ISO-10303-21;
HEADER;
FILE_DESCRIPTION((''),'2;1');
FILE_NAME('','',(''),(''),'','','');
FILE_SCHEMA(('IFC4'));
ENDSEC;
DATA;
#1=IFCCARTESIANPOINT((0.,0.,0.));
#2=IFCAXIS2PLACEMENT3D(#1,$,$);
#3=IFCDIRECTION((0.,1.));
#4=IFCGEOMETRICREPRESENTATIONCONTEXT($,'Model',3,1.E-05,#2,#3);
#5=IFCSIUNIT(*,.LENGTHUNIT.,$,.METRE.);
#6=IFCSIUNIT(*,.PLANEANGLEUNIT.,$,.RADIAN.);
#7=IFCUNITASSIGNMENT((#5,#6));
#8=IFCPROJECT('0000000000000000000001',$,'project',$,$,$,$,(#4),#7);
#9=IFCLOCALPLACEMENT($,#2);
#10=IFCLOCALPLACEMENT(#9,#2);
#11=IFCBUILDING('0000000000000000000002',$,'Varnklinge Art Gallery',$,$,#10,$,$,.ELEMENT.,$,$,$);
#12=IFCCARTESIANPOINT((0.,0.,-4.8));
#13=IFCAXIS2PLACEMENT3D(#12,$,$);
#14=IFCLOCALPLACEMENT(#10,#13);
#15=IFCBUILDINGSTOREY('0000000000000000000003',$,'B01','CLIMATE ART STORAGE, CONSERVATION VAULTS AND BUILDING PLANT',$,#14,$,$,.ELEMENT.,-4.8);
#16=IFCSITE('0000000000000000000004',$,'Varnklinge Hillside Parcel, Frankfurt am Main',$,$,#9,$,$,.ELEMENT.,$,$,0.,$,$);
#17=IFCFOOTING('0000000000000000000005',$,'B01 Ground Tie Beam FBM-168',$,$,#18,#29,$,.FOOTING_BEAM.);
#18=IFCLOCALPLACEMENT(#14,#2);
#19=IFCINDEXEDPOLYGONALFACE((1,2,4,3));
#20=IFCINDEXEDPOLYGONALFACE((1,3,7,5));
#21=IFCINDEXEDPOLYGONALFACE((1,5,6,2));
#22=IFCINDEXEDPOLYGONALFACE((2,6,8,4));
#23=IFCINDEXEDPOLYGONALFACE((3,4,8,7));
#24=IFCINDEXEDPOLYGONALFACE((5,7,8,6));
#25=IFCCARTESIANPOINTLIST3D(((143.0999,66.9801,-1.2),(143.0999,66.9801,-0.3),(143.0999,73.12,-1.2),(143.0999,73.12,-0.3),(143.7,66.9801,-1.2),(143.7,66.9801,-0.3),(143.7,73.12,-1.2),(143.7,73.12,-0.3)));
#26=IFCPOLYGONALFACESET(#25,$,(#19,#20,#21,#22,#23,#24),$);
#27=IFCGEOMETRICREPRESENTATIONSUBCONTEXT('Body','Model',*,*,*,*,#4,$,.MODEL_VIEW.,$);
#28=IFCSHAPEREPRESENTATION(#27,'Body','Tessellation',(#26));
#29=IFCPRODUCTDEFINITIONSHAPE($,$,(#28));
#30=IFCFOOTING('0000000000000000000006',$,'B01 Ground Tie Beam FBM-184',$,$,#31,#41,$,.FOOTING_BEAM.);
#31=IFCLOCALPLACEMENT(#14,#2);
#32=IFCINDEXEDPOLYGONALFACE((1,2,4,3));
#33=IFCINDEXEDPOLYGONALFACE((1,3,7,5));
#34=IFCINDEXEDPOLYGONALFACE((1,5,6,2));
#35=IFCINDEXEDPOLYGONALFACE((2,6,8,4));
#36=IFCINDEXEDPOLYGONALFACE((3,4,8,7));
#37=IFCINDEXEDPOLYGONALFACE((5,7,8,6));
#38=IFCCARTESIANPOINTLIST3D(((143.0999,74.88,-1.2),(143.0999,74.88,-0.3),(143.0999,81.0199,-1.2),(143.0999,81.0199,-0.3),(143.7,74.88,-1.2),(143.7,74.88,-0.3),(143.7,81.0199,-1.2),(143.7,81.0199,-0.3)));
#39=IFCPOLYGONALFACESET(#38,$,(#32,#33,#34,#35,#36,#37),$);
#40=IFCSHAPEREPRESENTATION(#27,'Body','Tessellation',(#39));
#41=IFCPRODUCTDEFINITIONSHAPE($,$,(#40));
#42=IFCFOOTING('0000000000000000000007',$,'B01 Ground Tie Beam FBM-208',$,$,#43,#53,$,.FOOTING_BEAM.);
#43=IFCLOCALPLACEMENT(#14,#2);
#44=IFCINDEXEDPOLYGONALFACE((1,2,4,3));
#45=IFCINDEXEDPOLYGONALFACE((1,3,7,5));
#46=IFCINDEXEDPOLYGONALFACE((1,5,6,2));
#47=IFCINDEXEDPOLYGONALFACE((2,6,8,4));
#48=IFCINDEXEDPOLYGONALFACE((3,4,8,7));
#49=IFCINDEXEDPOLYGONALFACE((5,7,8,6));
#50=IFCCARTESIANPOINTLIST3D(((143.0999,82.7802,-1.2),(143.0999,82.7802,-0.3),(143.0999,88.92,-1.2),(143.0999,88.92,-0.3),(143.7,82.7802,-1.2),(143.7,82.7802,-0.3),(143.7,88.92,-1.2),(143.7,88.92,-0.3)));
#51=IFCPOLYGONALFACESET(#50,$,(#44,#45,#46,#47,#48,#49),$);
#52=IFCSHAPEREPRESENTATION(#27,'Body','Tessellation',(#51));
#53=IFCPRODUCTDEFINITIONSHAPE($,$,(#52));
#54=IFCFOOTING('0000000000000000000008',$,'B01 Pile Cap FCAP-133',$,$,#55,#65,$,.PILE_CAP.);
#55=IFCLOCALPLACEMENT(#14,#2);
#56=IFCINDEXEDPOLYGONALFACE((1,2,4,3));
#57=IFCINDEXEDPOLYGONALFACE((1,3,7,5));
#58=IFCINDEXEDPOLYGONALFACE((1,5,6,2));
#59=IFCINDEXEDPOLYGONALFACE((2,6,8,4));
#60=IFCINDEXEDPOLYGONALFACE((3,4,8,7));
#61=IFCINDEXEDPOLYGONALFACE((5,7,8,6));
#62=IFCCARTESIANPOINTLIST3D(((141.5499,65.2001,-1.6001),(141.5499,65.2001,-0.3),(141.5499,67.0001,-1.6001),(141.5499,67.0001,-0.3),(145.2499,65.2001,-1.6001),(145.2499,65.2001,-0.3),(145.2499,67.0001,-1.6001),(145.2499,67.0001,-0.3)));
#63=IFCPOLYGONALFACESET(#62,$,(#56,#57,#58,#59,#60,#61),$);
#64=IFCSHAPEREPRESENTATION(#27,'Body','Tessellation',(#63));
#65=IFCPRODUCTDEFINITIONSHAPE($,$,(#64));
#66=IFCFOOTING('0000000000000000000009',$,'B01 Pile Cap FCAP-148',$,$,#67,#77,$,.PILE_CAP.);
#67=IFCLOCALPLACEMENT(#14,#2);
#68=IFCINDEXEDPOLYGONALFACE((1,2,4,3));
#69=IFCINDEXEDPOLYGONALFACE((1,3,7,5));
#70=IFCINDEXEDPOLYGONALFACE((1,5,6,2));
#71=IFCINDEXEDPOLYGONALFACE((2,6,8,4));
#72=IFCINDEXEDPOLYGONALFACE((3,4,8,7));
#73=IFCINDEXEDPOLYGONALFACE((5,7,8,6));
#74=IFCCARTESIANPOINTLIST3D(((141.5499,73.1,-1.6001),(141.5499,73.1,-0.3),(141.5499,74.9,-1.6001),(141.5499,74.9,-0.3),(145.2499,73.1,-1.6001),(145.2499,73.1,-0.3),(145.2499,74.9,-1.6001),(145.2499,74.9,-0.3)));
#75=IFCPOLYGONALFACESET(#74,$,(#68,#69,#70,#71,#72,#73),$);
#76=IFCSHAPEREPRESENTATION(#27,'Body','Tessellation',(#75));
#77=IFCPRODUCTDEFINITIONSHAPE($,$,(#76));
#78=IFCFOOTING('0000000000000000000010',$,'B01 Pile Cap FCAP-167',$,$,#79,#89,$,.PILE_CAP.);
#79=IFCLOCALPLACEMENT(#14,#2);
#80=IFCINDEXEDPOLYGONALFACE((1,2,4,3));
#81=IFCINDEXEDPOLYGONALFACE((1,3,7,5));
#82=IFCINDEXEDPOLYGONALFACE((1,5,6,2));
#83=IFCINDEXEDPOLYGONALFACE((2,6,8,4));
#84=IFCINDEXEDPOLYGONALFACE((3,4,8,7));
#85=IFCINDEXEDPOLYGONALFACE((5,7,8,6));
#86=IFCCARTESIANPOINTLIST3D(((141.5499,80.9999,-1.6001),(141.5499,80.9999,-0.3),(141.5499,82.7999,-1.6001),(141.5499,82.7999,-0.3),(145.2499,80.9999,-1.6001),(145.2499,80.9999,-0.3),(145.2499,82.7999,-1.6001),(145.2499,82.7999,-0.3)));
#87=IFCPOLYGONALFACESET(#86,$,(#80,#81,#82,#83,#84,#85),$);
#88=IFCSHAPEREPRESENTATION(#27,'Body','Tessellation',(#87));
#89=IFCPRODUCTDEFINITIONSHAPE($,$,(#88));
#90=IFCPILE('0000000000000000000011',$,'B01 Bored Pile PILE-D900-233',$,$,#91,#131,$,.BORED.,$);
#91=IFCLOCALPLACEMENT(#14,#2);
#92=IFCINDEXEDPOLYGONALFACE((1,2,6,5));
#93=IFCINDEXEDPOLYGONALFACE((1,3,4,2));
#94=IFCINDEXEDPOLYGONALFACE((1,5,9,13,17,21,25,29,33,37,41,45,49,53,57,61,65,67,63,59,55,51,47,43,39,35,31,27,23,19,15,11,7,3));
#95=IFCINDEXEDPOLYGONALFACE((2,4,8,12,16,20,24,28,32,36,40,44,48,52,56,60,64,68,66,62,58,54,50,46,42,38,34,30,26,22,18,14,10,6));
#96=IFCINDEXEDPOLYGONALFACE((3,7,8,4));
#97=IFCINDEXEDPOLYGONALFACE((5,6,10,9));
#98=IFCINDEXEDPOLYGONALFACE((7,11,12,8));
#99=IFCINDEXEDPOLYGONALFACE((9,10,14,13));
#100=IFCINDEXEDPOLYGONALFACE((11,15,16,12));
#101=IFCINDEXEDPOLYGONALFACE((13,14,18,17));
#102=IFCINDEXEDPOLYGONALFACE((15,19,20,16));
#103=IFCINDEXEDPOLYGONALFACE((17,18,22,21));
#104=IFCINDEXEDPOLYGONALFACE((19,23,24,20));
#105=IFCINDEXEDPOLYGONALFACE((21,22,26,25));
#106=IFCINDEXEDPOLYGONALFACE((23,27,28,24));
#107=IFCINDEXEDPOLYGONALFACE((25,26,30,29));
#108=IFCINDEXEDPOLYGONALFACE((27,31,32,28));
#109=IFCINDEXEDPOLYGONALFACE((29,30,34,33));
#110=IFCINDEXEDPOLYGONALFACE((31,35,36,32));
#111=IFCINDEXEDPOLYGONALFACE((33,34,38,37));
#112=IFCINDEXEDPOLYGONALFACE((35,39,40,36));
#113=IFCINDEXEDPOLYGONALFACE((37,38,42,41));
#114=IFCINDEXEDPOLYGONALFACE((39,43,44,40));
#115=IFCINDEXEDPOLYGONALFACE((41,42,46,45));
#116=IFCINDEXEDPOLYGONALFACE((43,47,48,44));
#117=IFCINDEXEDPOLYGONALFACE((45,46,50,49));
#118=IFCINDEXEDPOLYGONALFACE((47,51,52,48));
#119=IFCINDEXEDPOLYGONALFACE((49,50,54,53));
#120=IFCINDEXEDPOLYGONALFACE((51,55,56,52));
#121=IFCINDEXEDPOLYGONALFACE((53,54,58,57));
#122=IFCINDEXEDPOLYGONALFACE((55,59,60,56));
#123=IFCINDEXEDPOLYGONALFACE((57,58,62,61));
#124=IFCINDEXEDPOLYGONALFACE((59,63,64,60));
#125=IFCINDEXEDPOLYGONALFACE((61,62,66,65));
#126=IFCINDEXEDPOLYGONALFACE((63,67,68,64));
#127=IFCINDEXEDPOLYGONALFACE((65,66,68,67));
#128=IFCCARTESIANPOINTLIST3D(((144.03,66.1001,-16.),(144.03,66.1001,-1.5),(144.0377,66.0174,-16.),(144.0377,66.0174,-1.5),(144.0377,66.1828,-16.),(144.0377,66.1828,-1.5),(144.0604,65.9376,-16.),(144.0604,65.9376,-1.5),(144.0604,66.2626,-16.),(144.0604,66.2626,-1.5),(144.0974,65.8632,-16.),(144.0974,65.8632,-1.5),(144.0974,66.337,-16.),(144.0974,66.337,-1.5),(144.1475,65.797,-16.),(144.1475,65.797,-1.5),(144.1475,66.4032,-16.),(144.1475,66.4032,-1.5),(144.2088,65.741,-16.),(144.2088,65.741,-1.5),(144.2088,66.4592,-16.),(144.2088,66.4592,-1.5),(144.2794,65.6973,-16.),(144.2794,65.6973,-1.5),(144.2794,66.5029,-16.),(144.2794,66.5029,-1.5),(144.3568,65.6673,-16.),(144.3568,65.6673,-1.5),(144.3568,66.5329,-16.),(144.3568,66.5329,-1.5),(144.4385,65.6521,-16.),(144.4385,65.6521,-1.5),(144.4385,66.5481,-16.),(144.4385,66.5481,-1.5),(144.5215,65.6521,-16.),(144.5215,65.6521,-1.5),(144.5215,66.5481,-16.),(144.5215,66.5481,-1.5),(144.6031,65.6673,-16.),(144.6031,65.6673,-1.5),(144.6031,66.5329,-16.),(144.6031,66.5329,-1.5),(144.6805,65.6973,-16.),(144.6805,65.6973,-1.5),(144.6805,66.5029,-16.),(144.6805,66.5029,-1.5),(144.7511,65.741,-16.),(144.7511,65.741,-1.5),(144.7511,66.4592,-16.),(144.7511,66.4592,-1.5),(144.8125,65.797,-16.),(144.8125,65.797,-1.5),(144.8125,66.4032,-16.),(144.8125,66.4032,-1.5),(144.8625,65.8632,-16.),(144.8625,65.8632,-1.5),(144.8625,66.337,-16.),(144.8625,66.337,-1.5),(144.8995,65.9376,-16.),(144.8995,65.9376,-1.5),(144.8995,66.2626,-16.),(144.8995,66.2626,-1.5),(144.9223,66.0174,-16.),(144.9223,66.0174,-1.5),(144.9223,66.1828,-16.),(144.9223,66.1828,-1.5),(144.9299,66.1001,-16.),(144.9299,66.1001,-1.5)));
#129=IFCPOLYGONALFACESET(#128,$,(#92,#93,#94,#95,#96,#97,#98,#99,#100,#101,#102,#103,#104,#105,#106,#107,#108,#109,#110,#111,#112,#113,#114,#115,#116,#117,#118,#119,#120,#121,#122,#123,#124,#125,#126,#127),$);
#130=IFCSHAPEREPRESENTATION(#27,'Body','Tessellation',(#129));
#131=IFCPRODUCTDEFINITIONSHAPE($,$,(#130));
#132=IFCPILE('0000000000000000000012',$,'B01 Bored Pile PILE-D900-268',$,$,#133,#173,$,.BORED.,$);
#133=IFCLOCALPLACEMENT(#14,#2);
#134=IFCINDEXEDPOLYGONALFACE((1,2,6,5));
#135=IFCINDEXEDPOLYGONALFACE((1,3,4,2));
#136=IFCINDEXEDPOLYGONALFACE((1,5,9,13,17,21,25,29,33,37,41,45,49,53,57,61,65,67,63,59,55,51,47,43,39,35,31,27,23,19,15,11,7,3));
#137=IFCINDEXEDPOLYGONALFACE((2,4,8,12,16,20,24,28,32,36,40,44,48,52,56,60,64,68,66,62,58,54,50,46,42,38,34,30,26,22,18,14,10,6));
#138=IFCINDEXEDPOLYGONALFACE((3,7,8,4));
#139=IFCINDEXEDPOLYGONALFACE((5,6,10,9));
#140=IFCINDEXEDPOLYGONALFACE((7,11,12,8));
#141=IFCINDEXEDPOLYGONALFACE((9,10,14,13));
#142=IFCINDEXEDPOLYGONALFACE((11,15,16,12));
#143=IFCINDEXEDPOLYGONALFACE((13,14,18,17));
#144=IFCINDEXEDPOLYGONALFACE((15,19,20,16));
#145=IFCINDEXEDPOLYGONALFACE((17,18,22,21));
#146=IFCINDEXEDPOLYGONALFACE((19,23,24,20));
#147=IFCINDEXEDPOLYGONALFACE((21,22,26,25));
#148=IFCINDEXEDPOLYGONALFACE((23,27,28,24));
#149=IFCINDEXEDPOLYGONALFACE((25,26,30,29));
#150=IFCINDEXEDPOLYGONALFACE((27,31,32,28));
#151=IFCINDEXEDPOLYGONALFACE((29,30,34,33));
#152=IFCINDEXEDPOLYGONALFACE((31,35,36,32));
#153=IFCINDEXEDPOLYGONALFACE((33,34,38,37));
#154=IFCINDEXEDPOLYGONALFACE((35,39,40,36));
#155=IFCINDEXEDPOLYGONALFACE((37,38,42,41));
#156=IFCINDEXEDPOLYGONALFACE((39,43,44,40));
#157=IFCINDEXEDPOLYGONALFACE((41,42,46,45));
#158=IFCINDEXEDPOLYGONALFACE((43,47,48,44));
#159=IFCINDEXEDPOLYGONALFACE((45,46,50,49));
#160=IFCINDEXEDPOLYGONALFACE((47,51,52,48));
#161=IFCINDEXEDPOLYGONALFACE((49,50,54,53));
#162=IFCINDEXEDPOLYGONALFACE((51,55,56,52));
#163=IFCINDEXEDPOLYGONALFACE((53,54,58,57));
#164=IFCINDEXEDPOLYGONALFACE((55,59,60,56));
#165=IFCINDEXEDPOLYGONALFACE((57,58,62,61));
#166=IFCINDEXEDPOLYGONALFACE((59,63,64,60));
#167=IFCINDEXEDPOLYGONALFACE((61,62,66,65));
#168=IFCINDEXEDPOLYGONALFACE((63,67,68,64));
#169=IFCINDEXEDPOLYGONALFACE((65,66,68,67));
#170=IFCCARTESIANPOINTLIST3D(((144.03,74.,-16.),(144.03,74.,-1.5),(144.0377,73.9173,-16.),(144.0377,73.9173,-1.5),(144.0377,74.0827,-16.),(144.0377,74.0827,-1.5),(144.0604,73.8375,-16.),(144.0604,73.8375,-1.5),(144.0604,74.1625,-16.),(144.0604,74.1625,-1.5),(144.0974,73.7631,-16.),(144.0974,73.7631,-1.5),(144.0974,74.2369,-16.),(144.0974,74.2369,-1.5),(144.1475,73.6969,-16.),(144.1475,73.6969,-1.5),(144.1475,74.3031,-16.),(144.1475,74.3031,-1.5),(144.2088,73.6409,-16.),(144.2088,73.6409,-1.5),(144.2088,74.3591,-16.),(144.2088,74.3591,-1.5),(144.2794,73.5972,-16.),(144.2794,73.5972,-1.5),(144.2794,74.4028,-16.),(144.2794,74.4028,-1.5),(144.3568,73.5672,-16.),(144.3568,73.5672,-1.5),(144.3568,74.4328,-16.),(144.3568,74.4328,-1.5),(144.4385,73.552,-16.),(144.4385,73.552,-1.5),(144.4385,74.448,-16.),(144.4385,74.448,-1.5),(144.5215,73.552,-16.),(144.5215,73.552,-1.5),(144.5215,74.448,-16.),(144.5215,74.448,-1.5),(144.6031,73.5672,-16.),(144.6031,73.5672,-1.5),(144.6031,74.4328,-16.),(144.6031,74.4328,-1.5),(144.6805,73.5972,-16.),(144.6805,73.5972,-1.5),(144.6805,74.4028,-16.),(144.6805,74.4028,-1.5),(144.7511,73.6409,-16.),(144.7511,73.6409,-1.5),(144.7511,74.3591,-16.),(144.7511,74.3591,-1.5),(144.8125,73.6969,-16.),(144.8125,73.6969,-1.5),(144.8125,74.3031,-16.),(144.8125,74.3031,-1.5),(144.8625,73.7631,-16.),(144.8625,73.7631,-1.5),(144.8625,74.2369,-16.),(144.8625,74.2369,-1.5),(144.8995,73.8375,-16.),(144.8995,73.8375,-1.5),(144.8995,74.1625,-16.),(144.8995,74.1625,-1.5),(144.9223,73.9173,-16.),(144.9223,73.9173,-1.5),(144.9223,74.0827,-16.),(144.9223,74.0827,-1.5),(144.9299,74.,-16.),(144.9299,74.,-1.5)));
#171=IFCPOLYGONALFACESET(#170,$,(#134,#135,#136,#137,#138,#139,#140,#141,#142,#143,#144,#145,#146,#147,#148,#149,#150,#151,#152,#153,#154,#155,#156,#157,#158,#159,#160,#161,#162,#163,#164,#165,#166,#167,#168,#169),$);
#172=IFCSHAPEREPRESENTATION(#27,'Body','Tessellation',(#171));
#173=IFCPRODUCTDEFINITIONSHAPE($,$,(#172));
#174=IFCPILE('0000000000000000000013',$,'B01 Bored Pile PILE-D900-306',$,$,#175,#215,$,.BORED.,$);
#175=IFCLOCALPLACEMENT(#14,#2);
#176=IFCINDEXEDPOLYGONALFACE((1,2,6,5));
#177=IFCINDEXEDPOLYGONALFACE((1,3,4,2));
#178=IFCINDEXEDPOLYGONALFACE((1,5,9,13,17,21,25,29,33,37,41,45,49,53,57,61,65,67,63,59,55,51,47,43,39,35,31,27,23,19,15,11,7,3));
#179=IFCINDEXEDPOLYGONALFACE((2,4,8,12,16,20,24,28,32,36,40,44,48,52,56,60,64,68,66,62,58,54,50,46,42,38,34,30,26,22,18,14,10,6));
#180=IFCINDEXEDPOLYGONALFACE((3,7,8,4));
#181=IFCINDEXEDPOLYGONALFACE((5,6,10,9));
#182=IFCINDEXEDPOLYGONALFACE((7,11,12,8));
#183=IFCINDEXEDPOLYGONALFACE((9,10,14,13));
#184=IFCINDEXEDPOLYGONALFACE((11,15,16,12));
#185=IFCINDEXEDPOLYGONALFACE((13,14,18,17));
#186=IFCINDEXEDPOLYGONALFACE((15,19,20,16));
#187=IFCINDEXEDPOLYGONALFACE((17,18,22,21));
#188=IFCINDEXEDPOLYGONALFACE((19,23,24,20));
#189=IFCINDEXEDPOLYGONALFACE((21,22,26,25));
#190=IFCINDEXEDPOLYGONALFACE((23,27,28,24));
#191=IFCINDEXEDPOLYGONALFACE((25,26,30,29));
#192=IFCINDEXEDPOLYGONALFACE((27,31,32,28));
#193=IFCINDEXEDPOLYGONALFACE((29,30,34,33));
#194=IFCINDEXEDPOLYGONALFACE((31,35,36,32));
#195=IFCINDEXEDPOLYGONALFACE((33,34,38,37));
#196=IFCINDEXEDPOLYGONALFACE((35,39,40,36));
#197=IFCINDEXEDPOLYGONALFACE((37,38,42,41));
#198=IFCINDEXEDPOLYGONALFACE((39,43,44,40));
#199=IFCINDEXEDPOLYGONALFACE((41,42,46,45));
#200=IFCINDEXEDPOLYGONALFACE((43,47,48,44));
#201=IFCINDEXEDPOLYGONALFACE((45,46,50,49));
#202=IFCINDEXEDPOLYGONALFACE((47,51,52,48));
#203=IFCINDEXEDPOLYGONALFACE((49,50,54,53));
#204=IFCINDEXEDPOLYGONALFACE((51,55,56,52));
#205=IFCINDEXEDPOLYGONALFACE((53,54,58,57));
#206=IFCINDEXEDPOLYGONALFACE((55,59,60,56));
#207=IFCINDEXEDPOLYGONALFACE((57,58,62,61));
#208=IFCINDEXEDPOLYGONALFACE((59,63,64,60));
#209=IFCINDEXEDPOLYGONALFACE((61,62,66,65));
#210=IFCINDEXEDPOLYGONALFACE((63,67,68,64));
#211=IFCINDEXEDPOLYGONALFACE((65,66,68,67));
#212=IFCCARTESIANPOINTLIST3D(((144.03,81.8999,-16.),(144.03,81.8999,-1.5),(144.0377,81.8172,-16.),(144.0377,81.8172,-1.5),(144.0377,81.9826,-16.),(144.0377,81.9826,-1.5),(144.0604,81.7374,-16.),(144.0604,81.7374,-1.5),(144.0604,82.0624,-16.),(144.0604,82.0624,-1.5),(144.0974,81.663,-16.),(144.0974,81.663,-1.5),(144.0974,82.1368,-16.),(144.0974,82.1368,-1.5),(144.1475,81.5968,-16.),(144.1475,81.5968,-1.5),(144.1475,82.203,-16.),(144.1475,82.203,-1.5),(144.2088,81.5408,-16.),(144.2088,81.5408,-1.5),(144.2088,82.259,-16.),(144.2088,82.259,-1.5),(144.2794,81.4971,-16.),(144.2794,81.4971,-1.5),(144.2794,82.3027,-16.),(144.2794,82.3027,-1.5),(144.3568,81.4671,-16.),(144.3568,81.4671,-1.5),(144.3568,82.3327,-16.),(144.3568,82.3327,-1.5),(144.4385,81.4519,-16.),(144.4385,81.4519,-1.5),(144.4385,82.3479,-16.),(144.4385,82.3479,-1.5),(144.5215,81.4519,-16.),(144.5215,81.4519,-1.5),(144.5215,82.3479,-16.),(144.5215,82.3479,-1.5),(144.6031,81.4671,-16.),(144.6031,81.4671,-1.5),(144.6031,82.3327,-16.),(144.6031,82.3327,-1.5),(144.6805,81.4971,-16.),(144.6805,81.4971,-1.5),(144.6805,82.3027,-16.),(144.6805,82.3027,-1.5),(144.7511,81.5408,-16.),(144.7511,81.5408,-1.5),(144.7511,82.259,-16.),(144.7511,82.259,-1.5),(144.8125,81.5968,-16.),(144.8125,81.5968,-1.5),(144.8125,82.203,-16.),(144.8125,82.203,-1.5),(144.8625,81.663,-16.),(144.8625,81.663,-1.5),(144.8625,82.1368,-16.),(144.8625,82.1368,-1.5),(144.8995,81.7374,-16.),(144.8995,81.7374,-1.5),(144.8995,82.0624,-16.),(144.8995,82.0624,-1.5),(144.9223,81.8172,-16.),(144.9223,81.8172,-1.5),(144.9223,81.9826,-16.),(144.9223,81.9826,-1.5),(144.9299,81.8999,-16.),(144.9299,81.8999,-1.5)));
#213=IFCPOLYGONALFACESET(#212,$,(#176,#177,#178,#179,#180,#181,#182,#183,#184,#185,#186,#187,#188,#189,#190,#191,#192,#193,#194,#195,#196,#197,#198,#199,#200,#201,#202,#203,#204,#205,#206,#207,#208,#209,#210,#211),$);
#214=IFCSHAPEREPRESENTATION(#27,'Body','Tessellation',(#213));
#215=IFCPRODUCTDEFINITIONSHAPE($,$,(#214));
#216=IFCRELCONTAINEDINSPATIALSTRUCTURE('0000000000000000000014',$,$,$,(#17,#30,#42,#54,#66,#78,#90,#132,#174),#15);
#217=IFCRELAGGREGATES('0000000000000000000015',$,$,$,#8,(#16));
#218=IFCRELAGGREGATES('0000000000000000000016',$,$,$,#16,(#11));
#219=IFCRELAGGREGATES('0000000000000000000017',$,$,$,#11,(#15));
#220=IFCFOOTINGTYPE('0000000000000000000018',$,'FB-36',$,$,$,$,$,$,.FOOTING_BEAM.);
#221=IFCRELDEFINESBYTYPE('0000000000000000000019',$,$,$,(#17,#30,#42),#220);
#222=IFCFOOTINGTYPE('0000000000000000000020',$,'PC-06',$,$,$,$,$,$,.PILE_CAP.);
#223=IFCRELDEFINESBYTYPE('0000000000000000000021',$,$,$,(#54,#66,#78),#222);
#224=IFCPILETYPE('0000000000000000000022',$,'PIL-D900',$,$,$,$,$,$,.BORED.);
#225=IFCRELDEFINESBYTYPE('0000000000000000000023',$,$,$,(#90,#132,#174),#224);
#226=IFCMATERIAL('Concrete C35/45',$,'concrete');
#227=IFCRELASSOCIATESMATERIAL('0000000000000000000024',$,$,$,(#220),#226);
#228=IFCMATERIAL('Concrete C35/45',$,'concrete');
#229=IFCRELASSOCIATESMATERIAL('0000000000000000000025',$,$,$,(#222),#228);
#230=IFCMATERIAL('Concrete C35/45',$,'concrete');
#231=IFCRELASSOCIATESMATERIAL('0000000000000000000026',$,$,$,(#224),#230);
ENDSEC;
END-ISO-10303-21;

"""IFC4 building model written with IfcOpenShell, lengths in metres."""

from ifc_helpers import new_model, si_unit, direction, frame, origin, origin_2d, place, context, subcontext, project, spatial, rectangle, circle, extrude, material, material_profile, profile_set, type_object, element, save


model = new_model("IFC4")

# Units and contexts
model_context = context("Model", 3, precision=1e-05, world=origin(), true_north=direction((0.0, 1.0)))
body_context = subcontext(model_context, "Body", "Model", "MODEL_VIEW")
ifc_project = project(units=[si_unit("LENGTHUNIT", "METRE"), si_unit("PLANEANGLEUNIT", "RADIAN")], contexts=[model_context])

# Site, building, storey
site_placement = place(None, origin())
site = spatial("IfcSite", under=ifc_project, at=site_placement, Name="Varnklinge Hillside Parcel, Frankfurt am Main", CompositionType="ELEMENT", RefElevation=0.0)
building_placement = place(site_placement, origin())
building = spatial("IfcBuilding", under=site, at=building_placement, Name="Varnklinge Art Gallery", CompositionType="ELEMENT")
storey_placement = place(building_placement, frame((0.0, 0.0, -4.8)))
storey = spatial("IfcBuildingStorey", under=building, at=storey_placement, Name="B01", Description="CLIMATE ART STORAGE, CONSERVATION VAULTS AND BUILDING PLANT", CompositionType="ELEMENT", Elevation=-4.8)

# Footings
ifc_material_1 = material(Name="Concrete C35/45", Category="concrete")
footing_type_1 = type_object("IfcFootingType", Name="FB-36", PredefinedType="FOOTING_BEAM", material=ifc_material_1)
for number, where, z_axis, x_axis, name in (
    (1, (143.3999, 70.05, -1.2), (0.0, 0.0, 1.0), (0.0, 1.0, 0.0), "B01 Ground Tie Beam FBM-168"),
    (2, (143.3999, 77.95, -1.2), (0.0, 0.0, 1.0), (0.0, 1.0, 0.0), "B01 Ground Tie Beam FBM-184"),
    (3, (143.3999, 85.8501, -1.2), (0.0, 0.0, 1.0), (0.0, 1.0, 0.0), "B01 Ground Tie Beam FBM-208"),
):
    element("IfcFooting", number, at=place(storey_placement, frame(where, z_axis=z_axis, x_axis=x_axis)), inside=storey, type_object=footing_type_1, Name=name, PredefinedType="FOOTING_BEAM", context=body_context, shape_type="SweptSolid", body=[
        extrude(rectangle(XDim=6.1399, YDim=0.6001, at=origin_2d()), origin(), (0.0, 0.0, 1.0), 0.8999),
    ])
ifc_material_2 = material(Name="Concrete C35/45", Category="concrete")
footing_type_2 = type_object("IfcFootingType", Name="PC-06", PredefinedType="PILE_CAP", material=ifc_material_2)
for number, where, z_axis, x_axis, name in (
    (4, (143.3999, 66.1001, -1.6001), (0.0, 0.0, 1.0), (1.0, 0.0, 0.0), "B01 Pile Cap FCAP-133"),
    (5, (143.3999, 74.0, -1.6001), (0.0, 0.0, 1.0), (1.0, 0.0, 0.0), "B01 Pile Cap FCAP-148"),
    (6, (143.3999, 81.8999, -1.6001), (0.0, 0.0, 1.0), (1.0, 0.0, 0.0), "B01 Pile Cap FCAP-167"),
):
    element("IfcFooting", number, at=place(storey_placement, frame(where, z_axis=z_axis, x_axis=x_axis)), inside=storey, type_object=footing_type_2, Name=name, PredefinedType="PILE_CAP", context=body_context, shape_type="SweptSolid", body=[
        extrude(rectangle(XDim=3.7, YDim=1.8, at=origin_2d()), origin(), (0.0, 0.0, 1.0), 1.3),
    ])

# Piles
ifc_material_3 = material(Name="Concrete C35/45", Category="concrete")
ifc_material_profile_1 = material_profile(ifc_material_3, circle(Radius=0.45, at=origin_2d()), Name="PILE D900")
ifc_profile_set_1 = profile_set([ifc_material_profile_1], Name="Concrete C35/45")
pile_type = type_object("IfcPileType", Name="PIL-D900", PredefinedType="BORED", material=ifc_profile_set_1)
for number, where, z_axis, x_axis, name in (
    (7, (144.48, 66.1001, -1.5), (0.0, 0.0, -1.0), (1.0, 0.0, 0.0), "B01 Bored Pile PILE-D900-233"),
    (8, (144.48, 74.0, -1.5), (0.0, 0.0, -1.0), (1.0, 0.0, 0.0), "B01 Bored Pile PILE-D900-268"),
    (9, (144.48, 81.8999, -1.5), (0.0, 0.0, -1.0), (1.0, 0.0, 0.0), "B01 Bored Pile PILE-D900-306"),
):
    element("IfcPile", number, at=place(storey_placement, frame(where, z_axis=z_axis, x_axis=x_axis)), inside=storey, type_object=pile_type, Name=name, PredefinedType="BORED", context=body_context, shape_type="SweptSolid", body=[
        extrude(circle(Radius=0.45, at=origin_2d()), origin(), (0.0, 0.0, 1.0), 14.5),
    ])

save(model, "model.ifc")
